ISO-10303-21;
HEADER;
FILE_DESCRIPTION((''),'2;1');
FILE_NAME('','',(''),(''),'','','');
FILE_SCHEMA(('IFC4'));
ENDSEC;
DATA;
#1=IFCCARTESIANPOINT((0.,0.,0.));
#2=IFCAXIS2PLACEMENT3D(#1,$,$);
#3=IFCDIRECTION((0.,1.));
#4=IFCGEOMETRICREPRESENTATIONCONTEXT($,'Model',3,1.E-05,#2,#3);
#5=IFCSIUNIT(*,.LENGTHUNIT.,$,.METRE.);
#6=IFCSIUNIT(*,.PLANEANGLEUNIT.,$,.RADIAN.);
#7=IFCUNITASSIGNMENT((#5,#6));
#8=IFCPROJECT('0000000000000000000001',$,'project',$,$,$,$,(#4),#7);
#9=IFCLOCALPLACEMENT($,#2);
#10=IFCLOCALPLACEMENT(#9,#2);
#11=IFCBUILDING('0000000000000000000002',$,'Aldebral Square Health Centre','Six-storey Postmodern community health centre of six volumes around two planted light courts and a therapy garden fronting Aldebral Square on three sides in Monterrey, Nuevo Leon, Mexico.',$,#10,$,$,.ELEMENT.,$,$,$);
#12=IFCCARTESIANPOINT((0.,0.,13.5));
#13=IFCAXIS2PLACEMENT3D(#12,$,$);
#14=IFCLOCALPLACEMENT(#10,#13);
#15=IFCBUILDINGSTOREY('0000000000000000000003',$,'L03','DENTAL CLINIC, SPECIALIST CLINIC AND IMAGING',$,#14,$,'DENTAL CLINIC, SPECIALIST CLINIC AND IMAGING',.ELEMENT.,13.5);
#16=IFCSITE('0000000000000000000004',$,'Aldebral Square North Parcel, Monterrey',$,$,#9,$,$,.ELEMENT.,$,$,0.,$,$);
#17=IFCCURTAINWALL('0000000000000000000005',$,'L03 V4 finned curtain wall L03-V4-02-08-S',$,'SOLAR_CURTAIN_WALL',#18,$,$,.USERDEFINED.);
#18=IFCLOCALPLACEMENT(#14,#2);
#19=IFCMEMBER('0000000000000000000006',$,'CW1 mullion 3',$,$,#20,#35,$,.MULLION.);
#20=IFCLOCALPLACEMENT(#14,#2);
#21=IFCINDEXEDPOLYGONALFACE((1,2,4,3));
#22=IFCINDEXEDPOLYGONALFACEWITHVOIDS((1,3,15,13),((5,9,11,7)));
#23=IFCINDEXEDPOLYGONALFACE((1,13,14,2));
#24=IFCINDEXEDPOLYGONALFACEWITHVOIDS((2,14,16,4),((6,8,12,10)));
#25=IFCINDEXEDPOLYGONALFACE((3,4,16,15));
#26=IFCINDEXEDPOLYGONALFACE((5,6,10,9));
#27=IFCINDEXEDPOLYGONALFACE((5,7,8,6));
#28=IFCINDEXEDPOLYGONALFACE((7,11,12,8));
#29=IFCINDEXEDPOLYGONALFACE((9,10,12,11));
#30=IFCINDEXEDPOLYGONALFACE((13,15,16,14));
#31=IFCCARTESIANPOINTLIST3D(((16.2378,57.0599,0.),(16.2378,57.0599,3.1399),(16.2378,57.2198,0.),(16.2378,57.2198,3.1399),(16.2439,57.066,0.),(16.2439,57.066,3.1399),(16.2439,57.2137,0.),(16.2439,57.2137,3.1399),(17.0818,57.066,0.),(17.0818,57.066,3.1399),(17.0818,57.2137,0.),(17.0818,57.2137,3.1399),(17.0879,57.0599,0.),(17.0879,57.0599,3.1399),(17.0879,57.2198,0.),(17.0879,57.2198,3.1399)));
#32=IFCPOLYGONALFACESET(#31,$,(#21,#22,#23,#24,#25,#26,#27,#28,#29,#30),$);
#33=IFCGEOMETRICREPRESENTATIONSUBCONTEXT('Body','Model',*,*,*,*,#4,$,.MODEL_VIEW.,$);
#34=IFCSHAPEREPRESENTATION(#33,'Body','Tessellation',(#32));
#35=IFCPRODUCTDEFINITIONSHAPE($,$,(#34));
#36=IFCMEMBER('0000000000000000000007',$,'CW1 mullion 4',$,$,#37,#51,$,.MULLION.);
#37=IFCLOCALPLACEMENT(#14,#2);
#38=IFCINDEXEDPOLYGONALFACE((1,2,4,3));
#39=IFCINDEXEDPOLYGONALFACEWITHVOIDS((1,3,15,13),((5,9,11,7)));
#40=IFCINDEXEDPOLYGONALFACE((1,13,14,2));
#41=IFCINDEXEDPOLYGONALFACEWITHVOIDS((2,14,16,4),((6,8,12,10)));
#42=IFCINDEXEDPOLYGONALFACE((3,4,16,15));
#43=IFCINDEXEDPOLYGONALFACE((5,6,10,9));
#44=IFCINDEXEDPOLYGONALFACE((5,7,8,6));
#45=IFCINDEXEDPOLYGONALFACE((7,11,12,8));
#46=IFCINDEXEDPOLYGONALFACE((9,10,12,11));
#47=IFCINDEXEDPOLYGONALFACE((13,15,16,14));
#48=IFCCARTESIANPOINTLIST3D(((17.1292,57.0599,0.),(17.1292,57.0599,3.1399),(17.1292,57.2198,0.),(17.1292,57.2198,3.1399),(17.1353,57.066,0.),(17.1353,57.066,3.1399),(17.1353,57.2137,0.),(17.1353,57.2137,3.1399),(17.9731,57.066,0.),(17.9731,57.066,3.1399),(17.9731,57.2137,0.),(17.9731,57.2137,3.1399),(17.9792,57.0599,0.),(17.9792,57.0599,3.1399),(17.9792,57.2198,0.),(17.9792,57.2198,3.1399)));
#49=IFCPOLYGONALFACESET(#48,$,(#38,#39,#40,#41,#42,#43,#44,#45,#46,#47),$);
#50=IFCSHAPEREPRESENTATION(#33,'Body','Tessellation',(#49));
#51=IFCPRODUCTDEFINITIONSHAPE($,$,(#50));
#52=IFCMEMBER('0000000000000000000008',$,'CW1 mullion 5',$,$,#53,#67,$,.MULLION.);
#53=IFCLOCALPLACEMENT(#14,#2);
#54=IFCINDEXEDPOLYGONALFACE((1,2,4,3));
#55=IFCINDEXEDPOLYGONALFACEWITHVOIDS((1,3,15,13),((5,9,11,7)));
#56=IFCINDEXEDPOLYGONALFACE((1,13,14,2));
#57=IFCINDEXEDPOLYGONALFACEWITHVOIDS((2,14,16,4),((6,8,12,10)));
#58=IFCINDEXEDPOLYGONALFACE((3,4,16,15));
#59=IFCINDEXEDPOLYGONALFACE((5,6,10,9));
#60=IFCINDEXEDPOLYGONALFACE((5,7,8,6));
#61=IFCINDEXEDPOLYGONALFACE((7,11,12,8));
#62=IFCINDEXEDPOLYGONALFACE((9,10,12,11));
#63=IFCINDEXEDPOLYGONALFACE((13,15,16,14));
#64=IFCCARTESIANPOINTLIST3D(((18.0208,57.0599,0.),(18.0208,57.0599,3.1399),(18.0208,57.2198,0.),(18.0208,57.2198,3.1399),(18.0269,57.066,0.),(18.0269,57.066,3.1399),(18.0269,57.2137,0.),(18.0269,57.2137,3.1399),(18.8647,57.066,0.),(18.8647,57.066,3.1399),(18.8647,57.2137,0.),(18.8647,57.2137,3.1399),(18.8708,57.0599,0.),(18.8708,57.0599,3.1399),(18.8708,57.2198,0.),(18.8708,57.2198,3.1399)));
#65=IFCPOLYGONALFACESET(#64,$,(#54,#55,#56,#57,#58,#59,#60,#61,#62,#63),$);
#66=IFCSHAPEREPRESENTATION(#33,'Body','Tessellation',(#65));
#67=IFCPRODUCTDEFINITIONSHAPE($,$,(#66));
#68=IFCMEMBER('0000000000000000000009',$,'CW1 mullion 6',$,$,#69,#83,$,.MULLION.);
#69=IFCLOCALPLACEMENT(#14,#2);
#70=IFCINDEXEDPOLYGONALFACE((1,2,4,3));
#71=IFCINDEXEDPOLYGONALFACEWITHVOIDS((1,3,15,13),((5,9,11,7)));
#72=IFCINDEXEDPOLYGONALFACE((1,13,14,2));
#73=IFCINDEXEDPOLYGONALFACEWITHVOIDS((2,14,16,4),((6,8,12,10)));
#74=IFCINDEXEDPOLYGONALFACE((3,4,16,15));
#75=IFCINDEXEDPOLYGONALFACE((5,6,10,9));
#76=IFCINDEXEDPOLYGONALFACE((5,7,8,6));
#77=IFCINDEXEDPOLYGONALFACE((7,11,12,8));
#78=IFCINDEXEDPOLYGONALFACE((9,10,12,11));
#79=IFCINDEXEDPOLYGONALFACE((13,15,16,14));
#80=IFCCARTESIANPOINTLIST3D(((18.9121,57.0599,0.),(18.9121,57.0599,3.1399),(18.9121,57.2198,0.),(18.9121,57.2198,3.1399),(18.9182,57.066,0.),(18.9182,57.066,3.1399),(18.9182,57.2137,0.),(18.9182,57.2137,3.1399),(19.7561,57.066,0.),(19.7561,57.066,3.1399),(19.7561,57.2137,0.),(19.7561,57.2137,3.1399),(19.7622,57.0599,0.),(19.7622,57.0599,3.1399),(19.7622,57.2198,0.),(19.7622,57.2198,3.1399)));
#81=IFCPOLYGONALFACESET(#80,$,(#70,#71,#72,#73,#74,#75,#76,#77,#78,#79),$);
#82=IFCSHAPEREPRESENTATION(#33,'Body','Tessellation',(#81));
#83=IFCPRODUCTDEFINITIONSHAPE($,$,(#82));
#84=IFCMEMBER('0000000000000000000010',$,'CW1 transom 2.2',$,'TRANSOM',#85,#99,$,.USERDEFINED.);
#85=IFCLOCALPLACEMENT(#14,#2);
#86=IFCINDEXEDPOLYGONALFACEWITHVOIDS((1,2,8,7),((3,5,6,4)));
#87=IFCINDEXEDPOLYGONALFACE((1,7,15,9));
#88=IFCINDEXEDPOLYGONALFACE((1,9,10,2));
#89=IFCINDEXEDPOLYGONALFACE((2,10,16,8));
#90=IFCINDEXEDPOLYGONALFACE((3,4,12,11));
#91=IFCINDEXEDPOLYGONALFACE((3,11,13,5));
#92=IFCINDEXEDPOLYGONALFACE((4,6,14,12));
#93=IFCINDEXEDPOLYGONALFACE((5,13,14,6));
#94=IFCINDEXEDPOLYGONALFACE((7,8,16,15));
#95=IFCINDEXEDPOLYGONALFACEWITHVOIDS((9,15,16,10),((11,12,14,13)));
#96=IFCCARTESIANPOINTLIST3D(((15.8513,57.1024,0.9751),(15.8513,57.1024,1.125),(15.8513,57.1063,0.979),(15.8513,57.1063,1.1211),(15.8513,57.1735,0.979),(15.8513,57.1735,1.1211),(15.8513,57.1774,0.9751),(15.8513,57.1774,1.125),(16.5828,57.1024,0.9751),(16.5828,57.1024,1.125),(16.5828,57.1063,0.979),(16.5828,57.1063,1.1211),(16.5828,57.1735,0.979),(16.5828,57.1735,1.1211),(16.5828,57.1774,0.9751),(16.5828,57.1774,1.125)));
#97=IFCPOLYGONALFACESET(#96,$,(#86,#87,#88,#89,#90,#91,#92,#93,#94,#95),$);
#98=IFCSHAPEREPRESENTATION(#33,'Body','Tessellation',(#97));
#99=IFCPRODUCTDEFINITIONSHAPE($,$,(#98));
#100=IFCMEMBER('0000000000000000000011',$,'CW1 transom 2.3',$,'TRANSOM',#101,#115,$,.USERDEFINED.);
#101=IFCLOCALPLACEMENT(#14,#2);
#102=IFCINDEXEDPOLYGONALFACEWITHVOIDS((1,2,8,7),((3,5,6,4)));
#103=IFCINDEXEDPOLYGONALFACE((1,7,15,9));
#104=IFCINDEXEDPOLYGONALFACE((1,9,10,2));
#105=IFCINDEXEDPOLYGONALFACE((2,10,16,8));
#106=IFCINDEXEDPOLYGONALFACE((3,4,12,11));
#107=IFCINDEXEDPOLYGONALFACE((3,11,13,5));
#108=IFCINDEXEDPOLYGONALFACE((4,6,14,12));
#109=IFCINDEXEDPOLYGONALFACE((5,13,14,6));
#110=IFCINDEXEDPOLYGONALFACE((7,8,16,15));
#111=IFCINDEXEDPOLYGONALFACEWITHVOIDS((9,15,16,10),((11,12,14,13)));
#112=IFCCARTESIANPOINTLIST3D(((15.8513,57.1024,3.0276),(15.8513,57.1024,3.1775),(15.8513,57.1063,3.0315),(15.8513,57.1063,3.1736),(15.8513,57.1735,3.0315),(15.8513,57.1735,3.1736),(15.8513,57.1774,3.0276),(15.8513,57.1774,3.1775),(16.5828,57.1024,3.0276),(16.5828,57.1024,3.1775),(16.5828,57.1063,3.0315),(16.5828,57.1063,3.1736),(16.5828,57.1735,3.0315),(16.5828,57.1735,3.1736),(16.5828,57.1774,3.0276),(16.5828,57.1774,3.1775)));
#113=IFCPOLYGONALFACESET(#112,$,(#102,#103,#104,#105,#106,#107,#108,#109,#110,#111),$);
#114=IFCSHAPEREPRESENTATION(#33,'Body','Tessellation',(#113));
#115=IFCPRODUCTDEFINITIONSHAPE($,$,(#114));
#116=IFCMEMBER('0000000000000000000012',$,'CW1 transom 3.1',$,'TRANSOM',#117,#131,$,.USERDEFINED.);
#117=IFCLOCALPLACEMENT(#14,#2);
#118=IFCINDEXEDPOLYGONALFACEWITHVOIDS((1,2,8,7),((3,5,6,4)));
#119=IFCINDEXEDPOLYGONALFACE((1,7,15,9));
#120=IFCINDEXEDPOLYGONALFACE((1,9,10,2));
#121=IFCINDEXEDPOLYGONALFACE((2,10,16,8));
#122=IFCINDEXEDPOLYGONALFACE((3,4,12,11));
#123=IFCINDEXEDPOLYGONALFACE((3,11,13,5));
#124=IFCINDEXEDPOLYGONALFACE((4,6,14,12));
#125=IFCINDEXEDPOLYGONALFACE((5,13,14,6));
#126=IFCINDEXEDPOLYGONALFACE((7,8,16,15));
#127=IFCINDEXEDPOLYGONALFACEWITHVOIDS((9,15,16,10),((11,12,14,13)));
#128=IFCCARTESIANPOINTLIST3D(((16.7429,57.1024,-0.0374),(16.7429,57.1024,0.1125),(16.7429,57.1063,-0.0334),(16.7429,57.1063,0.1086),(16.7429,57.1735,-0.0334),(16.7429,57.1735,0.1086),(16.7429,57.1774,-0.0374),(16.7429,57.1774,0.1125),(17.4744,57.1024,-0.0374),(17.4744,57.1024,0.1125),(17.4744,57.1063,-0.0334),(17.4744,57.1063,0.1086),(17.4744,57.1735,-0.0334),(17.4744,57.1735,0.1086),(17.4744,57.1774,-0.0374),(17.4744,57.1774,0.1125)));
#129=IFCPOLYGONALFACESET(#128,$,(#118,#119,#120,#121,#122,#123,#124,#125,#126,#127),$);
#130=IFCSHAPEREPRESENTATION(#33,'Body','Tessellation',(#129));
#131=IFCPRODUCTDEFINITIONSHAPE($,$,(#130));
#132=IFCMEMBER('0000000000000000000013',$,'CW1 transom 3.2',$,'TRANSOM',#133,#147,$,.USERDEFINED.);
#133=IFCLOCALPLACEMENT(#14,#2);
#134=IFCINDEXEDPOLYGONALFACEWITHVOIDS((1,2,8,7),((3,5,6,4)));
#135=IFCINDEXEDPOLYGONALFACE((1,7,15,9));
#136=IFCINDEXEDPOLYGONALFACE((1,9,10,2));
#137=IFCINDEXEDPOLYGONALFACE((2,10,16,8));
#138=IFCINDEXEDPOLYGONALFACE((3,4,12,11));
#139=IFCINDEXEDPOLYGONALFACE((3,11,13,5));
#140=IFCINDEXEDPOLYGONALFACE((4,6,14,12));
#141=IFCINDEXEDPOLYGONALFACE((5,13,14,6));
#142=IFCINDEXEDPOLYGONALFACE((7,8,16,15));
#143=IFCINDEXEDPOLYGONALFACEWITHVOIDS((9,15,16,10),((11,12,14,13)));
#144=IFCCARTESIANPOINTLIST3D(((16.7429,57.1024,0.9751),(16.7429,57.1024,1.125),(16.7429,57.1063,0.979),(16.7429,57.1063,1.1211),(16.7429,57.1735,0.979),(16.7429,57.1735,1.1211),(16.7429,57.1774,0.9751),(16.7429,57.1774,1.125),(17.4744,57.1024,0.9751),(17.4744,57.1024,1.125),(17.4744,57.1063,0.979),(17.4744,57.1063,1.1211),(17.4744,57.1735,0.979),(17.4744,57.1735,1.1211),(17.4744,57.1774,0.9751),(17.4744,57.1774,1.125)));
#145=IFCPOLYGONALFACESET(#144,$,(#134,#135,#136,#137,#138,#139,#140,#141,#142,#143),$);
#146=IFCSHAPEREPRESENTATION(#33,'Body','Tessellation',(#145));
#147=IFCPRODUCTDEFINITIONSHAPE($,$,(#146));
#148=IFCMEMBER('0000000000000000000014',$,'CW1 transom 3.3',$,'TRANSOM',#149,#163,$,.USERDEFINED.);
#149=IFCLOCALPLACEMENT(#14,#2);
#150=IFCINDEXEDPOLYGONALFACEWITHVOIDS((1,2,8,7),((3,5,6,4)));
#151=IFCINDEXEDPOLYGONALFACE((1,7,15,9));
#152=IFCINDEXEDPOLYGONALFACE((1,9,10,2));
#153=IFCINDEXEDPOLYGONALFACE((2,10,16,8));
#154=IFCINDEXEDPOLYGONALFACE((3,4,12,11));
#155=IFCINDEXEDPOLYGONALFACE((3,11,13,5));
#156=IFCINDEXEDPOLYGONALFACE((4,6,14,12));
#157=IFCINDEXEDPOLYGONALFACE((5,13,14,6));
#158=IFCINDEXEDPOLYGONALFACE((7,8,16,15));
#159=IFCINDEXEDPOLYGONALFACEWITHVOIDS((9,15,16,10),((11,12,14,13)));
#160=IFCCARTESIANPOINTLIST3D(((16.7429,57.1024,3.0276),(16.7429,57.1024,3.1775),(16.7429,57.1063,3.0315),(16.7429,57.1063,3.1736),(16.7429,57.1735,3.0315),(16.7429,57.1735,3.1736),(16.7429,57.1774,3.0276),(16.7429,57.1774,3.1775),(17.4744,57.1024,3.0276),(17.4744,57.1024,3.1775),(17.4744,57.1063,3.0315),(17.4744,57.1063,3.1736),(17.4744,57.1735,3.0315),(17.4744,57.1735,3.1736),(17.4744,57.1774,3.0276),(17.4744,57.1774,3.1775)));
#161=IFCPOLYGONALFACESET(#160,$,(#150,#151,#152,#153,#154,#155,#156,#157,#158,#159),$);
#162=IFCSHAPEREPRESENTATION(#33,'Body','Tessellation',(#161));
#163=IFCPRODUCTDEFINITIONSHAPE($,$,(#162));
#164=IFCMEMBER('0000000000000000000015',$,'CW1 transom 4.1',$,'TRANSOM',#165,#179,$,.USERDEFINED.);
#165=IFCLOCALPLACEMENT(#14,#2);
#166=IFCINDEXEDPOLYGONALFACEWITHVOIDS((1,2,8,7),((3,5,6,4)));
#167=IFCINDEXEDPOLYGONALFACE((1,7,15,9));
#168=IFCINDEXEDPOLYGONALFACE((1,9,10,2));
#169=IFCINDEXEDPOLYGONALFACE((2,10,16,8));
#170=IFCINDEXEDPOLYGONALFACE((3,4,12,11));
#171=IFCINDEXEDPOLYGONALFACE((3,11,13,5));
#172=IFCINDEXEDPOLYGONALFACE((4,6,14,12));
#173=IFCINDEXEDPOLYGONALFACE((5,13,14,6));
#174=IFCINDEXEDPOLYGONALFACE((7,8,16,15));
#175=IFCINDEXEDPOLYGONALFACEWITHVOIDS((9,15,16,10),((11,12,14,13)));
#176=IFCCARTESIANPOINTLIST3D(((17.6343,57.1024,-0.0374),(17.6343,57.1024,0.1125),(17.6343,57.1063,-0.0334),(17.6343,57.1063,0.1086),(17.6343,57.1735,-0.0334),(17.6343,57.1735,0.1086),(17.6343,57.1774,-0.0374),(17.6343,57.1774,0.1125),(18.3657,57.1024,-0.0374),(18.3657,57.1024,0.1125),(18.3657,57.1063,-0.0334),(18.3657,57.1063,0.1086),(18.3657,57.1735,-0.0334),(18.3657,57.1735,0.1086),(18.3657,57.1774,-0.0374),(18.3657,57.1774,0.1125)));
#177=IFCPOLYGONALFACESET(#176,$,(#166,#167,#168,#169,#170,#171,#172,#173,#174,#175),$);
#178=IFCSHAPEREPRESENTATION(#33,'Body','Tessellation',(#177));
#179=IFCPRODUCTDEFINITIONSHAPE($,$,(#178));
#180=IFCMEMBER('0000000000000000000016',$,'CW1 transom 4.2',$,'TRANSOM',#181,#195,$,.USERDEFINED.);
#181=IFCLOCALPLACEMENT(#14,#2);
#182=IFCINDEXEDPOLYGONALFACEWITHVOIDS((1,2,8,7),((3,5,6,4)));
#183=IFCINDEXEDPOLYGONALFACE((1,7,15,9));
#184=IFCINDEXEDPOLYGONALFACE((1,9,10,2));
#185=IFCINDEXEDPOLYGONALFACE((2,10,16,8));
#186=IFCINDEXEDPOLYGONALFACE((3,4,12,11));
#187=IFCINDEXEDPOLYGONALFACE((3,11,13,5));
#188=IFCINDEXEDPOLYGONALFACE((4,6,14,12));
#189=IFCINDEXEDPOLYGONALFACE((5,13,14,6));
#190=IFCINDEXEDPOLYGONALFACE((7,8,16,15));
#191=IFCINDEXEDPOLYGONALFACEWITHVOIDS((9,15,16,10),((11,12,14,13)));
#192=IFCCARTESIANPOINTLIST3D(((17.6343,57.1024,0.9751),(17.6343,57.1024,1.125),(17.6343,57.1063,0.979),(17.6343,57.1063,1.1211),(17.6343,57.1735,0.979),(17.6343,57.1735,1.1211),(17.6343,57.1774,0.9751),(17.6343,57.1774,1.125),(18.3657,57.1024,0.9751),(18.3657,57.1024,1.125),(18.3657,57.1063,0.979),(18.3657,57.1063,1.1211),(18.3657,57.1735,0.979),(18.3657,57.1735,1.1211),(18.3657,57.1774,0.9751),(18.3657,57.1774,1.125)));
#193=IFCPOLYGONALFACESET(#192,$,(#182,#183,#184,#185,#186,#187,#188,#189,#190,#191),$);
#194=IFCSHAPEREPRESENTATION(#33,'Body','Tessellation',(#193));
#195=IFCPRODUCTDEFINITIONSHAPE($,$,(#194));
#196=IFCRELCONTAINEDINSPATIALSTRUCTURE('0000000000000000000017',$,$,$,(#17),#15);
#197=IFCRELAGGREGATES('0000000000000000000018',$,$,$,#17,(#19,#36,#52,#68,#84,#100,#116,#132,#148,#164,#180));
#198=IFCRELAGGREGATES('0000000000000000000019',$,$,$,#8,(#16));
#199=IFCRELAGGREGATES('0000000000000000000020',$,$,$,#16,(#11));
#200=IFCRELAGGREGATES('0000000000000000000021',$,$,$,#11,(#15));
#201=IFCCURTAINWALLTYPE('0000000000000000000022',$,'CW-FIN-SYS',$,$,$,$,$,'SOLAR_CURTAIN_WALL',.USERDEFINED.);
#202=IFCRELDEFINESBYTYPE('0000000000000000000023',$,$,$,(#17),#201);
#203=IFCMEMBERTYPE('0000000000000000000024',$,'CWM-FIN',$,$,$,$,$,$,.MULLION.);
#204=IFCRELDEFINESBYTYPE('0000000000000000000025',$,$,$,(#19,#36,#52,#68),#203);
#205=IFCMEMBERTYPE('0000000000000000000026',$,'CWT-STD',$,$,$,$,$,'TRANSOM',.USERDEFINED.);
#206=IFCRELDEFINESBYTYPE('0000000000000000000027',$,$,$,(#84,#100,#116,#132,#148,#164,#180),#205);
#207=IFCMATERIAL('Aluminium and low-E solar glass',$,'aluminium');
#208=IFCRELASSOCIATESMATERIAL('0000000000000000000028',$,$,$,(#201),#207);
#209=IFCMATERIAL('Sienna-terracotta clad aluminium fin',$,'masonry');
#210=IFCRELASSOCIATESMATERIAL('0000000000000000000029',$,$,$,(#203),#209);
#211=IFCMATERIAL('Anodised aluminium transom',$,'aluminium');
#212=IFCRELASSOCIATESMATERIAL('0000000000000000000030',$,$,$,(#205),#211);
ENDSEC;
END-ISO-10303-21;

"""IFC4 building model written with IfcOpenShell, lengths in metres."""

from ifc_helpers import new_model, si_unit, direction, frame, origin, origin_2d, place, context, subcontext, project, spatial, hollow_rectangle, extrude, material, material_profile, profile_set, type_object, element, aggregate, save


model = new_model("IFC4")

# Units and contexts
model_context = context("Model", 3, precision=1e-05, world=origin(), true_north=direction((0.0, 1.0)))
body_context = subcontext(model_context, "Body", "Model", "MODEL_VIEW")
ifc_project = project(units=[si_unit("LENGTHUNIT", "METRE"), si_unit("PLANEANGLEUNIT", "RADIAN")], contexts=[model_context])

# Site, building, storey
site_placement = place(None, origin())
site = spatial("IfcSite", under=ifc_project, at=site_placement, Name="Aldebral Square North Parcel, Monterrey", CompositionType="ELEMENT", RefElevation=0.0)
building_placement = place(site_placement, origin())
building = spatial("IfcBuilding", under=site, at=building_placement, Name="Aldebral Square Health Centre", Description="Six-storey Postmodern community health centre of six volumes around two planted light courts and a therapy garden fronting Aldebral Square on three sides in Monterrey, Nuevo Leon, Mexico.", CompositionType="ELEMENT")
storey_placement = place(building_placement, frame((0.0, 0.0, 13.5)))
storey = spatial("IfcBuildingStorey", under=building, at=storey_placement, Name="L03", Description="DENTAL CLINIC, SPECIALIST CLINIC AND IMAGING", LongName="DENTAL CLINIC, SPECIALIST CLINIC AND IMAGING", CompositionType="ELEMENT", Elevation=13.5)

# Curtain wall, members
ifc_material_1 = material(Name="Aluminium and low-E solar glass", Category="aluminium")
curtain_wall_type = type_object("IfcCurtainWallType", Name="CW-FIN-SYS", ElementType="SOLAR_CURTAIN_WALL", PredefinedType="USERDEFINED", material=ifc_material_1)
curtain_wall_placement = place(storey_placement, origin())
curtain_wall = element("IfcCurtainWall", 1, at=curtain_wall_placement, inside=storey, type_object=curtain_wall_type, Name="L03 V4 finned curtain wall L03-V4-02-08-S", ObjectType="SOLAR_CURTAIN_WALL", PredefinedType="USERDEFINED")
ifc_material_2 = material(Name="Sienna-terracotta clad aluminium fin", Category="masonry")
ifc_material_profile_1 = material_profile(ifc_material_2, hollow_rectangle(XDim=0.1599, YDim=0.8501, WallThickness=0.0061, at=origin_2d()), Name="FIN 160x850x6")
ifc_profile_set_1 = profile_set([ifc_material_profile_1], Name="Sienna-terracotta clad aluminium fin")
member_type_1 = type_object("IfcMemberType", Name="CWM-FIN", PredefinedType="MULLION", material=ifc_profile_set_1)
member_1_placement = place(storey_placement, frame((16.6628, 57.1399, 0.0), z_axis=(0.0, 0.0, 1.0), x_axis=(0.0, 1.0, 0.0)))
member_1 = element("IfcMember", 2, at=member_1_placement, type_object=member_type_1, Name="CW1 mullion 3", PredefinedType="MULLION", context=body_context, shape_type="SweptSolid", body=[
    extrude(hollow_rectangle(XDim=0.1599, YDim=0.8501, WallThickness=0.0061, at=origin_2d()), origin(), (0.0, 0.0, 1.0), 3.1399),
])
member_2_placement = place(storey_placement, frame((17.5542, 57.1399, 0.0), z_axis=(0.0, 0.0, 1.0), x_axis=(0.0, 1.0, 0.0)))
member_2 = element("IfcMember", 3, at=member_2_placement, type_object=member_type_1, Name="CW1 mullion 4", PredefinedType="MULLION", context=body_context, shape_type="SweptSolid", body=[
    extrude(hollow_rectangle(XDim=0.1599, YDim=0.8501, WallThickness=0.0061, at=origin_2d()), origin(), (0.0, 0.0, 1.0), 3.1399),
])
member_3_placement = place(storey_placement, frame((18.4458, 57.1399, 0.0), z_axis=(0.0, 0.0, 1.0), x_axis=(0.0, 1.0, 0.0)))
member_3 = element("IfcMember", 4, at=member_3_placement, type_object=member_type_1, Name="CW1 mullion 5", PredefinedType="MULLION", context=body_context, shape_type="SweptSolid", body=[
    extrude(hollow_rectangle(XDim=0.1599, YDim=0.8501, WallThickness=0.0061, at=origin_2d()), origin(), (0.0, 0.0, 1.0), 3.1399),
])
member_4_placement = place(storey_placement, frame((19.3372, 57.1399, 0.0), z_axis=(0.0, 0.0, 1.0), x_axis=(0.0, 1.0, 0.0)))
member_4 = element("IfcMember", 5, at=member_4_placement, type_object=member_type_1, Name="CW1 mullion 6", PredefinedType="MULLION", context=body_context, shape_type="SweptSolid", body=[
    extrude(hollow_rectangle(XDim=0.1599, YDim=0.8501, WallThickness=0.0061, at=origin_2d()), origin(), (0.0, 0.0, 1.0), 3.1399),
])
ifc_material_3 = material(Name="Anodised aluminium transom", Category="aluminium")
ifc_material_profile_2 = material_profile(ifc_material_3, hollow_rectangle(XDim=0.075, YDim=0.1499, WallThickness=0.0039, at=origin_2d()), Name="CWT 75x150x4")
ifc_profile_set_2 = profile_set([ifc_material_profile_2], Name="Anodised aluminium transom")
member_type_2 = type_object("IfcMemberType", Name="CWT-STD", ElementType="TRANSOM", PredefinedType="USERDEFINED", material=ifc_profile_set_2)
member_5_placement = place(storey_placement, frame((15.8513, 57.1399, 1.05), z_axis=(1.0, 0.0, 0.0), x_axis=(0.0, 1.0, 0.0)))
member_5 = element("IfcMember", 6, at=member_5_placement, type_object=member_type_2, Name="CW1 transom 2.2", ObjectType="TRANSOM", PredefinedType="USERDEFINED", context=body_context, shape_type="SweptSolid", body=[
    extrude(hollow_rectangle(XDim=0.075, YDim=0.1499, WallThickness=0.0039, at=origin_2d()), origin(), (0.0, 0.0, 1.0), 0.7314),
])
member_6_placement = place(storey_placement, frame((15.8513, 57.1399, 3.1025), z_axis=(1.0, 0.0, 0.0), x_axis=(0.0, 1.0, 0.0)))
member_6 = element("IfcMember", 7, at=member_6_placement, type_object=member_type_2, Name="CW1 transom 2.3", ObjectType="TRANSOM", PredefinedType="USERDEFINED", context=body_context, shape_type="SweptSolid", body=[
    extrude(hollow_rectangle(XDim=0.075, YDim=0.1499, WallThickness=0.0039, at=origin_2d()), origin(), (0.0, 0.0, 1.0), 0.7314),
])
member_7_placement = place(storey_placement, frame((16.7429, 57.1399, 0.0376), z_axis=(1.0, 0.0, 0.0), x_axis=(0.0, 1.0, 0.0)))
member_7 = element("IfcMember", 8, at=member_7_placement, type_object=member_type_2, Name="CW1 transom 3.1", ObjectType="TRANSOM", PredefinedType="USERDEFINED", context=body_context, shape_type="SweptSolid", body=[
    extrude(hollow_rectangle(XDim=0.075, YDim=0.1499, WallThickness=0.0039, at=origin_2d()), origin(), (0.0, 0.0, 1.0), 0.7314),
])
member_8_placement = place(storey_placement, frame((16.7429, 57.1399, 1.05), z_axis=(1.0, 0.0, 0.0), x_axis=(0.0, 1.0, 0.0)))
member_8 = element("IfcMember", 9, at=member_8_placement, type_object=member_type_2, Name="CW1 transom 3.2", ObjectType="TRANSOM", PredefinedType="USERDEFINED", context=body_context, shape_type="SweptSolid", body=[
    extrude(hollow_rectangle(XDim=0.075, YDim=0.1499, WallThickness=0.0039, at=origin_2d()), origin(), (0.0, 0.0, 1.0), 0.7314),
])
member_9_placement = place(storey_placement, frame((16.7429, 57.1399, 3.1025), z_axis=(1.0, 0.0, 0.0), x_axis=(0.0, 1.0, 0.0)))
member_9 = element("IfcMember", 10, at=member_9_placement, type_object=member_type_2, Name="CW1 transom 3.3", ObjectType="TRANSOM", PredefinedType="USERDEFINED", context=body_context, shape_type="SweptSolid", body=[
    extrude(hollow_rectangle(XDim=0.075, YDim=0.1499, WallThickness=0.0039, at=origin_2d()), origin(), (0.0, 0.0, 1.0), 0.7314),
])
member_10_placement = place(storey_placement, frame((17.6343, 57.1399, 0.0376), z_axis=(1.0, 0.0, 0.0), x_axis=(0.0, 1.0, 0.0)))
member_10 = element("IfcMember", 11, at=member_10_placement, type_object=member_type_2, Name="CW1 transom 4.1", ObjectType="TRANSOM", PredefinedType="USERDEFINED", context=body_context, shape_type="SweptSolid", body=[
    extrude(hollow_rectangle(XDim=0.075, YDim=0.1499, WallThickness=0.0039, at=origin_2d()), origin(), (0.0, 0.0, 1.0), 0.7314),
])
member_11_placement = place(storey_placement, frame((17.6343, 57.1399, 1.05), z_axis=(1.0, 0.0, 0.0), x_axis=(0.0, 1.0, 0.0)))
member_11 = element("IfcMember", 12, at=member_11_placement, type_object=member_type_2, Name="CW1 transom 4.2", ObjectType="TRANSOM", PredefinedType="USERDEFINED", context=body_context, shape_type="SweptSolid", body=[
    extrude(hollow_rectangle(XDim=0.075, YDim=0.1499, WallThickness=0.0039, at=origin_2d()), origin(), (0.0, 0.0, 1.0), 0.7314),
])
aggregate(curtain_wall, [member_1, member_2, member_3, member_4, member_5, member_6, member_7, member_8, member_9, member_10, member_11])

save(model, "model.ifc")
